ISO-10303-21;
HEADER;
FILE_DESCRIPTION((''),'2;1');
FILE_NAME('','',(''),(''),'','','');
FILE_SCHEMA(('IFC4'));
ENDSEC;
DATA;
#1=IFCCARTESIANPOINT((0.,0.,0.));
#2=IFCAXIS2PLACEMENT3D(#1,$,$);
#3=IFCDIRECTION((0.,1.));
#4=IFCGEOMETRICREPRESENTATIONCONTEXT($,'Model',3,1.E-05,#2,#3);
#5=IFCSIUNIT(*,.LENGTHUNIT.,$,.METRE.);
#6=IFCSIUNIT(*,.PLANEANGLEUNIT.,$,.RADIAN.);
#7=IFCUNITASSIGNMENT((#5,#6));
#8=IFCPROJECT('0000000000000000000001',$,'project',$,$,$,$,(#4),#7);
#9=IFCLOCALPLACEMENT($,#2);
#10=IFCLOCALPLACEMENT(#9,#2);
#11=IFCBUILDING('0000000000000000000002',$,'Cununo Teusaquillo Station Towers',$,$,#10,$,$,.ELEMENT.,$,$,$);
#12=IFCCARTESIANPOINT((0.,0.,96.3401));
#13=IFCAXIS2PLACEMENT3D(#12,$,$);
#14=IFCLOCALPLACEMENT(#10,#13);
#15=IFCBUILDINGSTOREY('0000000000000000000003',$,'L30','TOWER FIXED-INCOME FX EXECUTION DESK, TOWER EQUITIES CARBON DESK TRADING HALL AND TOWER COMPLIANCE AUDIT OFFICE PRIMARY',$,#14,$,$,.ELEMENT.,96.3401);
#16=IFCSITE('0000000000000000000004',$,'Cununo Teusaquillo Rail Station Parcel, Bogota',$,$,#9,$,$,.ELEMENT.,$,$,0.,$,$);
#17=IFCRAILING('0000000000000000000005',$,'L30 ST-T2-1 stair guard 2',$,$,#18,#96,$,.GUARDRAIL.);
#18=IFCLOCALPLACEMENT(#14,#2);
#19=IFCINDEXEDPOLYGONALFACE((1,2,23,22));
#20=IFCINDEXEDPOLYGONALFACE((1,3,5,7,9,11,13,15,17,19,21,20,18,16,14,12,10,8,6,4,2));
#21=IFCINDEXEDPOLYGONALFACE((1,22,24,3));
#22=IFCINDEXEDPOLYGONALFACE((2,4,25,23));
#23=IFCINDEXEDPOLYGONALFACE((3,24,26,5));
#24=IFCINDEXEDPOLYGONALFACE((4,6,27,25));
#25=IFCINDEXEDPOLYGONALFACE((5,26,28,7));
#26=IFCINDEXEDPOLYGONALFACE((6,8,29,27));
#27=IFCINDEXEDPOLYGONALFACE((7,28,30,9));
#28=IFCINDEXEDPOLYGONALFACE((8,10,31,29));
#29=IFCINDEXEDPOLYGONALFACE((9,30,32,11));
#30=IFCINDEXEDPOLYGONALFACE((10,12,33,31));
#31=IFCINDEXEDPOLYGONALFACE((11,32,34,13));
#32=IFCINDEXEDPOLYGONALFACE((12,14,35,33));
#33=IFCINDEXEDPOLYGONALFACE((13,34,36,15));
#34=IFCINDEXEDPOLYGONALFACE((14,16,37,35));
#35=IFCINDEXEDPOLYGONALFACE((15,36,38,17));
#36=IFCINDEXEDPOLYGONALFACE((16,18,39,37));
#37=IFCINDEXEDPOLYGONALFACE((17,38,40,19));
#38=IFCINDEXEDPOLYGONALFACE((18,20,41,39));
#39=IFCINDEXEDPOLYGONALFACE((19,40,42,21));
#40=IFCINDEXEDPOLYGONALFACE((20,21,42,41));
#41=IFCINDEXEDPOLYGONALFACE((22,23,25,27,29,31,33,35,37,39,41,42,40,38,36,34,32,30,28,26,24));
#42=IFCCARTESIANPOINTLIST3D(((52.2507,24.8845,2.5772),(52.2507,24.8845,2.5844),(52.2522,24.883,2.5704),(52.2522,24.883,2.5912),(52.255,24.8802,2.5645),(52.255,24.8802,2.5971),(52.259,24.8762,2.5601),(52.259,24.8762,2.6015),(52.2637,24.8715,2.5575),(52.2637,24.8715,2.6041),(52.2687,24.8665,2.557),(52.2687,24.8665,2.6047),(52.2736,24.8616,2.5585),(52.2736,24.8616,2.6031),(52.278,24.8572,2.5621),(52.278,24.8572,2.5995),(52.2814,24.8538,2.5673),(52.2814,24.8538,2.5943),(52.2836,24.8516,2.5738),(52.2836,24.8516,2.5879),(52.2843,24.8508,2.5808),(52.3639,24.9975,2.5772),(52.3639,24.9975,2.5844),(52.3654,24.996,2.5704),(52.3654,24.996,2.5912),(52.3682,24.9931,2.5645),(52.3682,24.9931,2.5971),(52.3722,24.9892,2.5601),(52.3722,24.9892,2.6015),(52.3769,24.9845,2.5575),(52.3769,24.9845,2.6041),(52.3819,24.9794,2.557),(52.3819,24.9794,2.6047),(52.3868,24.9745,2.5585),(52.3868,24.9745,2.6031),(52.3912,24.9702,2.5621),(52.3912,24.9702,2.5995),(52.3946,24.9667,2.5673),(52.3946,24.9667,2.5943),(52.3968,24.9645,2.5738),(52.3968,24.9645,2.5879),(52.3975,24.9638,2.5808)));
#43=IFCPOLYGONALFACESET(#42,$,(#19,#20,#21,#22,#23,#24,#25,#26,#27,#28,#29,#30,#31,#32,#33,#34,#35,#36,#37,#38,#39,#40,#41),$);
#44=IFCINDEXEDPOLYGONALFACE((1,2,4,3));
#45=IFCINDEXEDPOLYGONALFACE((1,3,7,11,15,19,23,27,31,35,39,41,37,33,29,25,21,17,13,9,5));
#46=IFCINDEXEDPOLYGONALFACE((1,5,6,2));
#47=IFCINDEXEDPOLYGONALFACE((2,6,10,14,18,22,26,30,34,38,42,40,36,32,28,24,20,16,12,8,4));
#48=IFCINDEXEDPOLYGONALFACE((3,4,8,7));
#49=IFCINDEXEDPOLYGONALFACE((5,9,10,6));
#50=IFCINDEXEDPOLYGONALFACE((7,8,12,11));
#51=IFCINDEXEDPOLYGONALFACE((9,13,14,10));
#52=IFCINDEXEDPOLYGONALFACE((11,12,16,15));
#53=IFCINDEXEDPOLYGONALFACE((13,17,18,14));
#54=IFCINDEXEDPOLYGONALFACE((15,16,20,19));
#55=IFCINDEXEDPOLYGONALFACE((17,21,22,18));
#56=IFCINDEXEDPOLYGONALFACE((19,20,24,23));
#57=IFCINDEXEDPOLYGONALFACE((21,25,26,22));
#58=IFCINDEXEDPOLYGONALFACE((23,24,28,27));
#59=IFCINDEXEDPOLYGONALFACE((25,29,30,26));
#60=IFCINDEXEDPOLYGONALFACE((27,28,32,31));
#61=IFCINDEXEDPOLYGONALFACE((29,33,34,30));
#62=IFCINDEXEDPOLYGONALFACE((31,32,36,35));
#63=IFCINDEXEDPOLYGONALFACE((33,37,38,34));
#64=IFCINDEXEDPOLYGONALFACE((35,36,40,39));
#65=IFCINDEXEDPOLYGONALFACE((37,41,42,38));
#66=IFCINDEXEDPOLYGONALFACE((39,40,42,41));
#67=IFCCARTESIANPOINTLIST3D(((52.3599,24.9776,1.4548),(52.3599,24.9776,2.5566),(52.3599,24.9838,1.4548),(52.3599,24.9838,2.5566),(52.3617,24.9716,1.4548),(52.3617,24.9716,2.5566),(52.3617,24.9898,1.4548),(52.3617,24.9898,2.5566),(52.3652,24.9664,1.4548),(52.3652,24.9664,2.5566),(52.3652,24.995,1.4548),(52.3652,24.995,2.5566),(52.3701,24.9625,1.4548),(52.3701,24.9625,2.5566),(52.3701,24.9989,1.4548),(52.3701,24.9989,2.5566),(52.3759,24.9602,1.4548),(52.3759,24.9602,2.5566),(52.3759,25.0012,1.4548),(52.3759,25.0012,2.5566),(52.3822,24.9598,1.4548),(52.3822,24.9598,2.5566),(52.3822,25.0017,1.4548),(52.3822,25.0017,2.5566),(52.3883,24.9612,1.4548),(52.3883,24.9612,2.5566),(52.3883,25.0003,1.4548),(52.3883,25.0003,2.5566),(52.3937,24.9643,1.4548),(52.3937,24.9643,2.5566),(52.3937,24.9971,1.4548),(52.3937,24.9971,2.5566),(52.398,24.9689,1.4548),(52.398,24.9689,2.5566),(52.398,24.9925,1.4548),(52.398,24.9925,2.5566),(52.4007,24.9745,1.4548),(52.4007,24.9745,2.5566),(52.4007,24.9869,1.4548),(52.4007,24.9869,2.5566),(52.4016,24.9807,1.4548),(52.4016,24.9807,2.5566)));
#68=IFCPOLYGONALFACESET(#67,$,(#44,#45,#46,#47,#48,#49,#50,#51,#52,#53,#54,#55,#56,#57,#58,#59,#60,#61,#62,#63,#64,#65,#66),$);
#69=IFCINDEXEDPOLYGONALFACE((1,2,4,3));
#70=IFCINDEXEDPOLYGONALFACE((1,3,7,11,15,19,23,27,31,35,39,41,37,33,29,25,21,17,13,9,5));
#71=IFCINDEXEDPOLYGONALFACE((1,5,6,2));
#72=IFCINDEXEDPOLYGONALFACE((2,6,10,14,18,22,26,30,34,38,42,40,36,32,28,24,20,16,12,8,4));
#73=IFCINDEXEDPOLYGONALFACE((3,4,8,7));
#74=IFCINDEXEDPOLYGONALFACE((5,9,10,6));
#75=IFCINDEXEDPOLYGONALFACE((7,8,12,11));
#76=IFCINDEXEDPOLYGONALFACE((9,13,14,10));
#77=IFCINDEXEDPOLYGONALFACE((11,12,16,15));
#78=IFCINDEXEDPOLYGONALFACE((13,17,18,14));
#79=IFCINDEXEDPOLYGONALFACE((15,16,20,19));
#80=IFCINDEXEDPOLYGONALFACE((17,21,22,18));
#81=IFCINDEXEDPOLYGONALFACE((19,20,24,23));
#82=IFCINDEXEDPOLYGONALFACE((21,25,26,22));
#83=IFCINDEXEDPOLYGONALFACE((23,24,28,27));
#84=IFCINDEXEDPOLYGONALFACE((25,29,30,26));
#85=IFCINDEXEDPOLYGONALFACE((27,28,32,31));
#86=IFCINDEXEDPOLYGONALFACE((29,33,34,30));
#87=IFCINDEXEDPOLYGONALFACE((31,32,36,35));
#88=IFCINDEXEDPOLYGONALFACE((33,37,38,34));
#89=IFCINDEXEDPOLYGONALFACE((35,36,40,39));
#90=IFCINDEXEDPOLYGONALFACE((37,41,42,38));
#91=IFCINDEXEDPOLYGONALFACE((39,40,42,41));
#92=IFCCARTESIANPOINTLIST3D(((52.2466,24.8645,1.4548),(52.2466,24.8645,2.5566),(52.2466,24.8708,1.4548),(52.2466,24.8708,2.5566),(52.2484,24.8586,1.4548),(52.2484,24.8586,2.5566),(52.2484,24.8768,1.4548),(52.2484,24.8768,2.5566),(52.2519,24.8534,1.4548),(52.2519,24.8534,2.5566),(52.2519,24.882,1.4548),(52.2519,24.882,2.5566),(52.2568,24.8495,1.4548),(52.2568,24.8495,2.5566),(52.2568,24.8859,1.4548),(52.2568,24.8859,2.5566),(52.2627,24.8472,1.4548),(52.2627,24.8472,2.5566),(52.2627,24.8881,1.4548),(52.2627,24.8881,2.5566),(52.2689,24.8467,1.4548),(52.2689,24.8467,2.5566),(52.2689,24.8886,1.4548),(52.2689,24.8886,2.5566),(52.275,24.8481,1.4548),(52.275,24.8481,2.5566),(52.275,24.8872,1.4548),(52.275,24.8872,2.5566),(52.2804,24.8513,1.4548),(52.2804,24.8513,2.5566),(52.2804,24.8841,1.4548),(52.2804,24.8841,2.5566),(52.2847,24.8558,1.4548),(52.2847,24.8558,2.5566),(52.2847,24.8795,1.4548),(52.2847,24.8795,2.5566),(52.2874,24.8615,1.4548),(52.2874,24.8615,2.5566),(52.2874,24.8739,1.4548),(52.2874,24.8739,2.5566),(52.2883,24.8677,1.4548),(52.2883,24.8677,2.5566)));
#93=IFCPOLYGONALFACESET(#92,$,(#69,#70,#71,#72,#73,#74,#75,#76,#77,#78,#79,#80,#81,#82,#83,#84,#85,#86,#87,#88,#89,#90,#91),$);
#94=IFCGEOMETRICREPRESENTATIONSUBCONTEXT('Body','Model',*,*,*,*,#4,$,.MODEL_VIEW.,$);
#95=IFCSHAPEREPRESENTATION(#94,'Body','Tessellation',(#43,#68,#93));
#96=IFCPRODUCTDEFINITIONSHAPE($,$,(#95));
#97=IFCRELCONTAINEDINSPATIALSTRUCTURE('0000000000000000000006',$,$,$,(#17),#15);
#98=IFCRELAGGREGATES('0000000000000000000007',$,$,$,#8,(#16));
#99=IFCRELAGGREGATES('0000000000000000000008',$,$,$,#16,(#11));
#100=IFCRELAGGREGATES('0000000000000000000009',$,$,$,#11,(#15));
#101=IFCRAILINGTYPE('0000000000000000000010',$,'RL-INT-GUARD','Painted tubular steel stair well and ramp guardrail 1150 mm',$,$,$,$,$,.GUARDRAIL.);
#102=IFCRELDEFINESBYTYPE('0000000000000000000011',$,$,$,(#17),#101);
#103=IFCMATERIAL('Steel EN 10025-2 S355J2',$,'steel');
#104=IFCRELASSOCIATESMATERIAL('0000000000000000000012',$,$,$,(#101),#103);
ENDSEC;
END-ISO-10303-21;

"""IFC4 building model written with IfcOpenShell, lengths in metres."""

from ifc_helpers import new_model, si_unit, direction, frame, origin, origin_2d, place, context, subcontext, project, spatial, circle, extrude, material, type_object, element, save


model = new_model("IFC4")

# Units and contexts
model_context = context("Model", 3, precision=1e-05, world=origin(), true_north=direction((0.0, 1.0)))
body_context = subcontext(model_context, "Body", "Model", "MODEL_VIEW")
ifc_project = project(units=[si_unit("LENGTHUNIT", "METRE"), si_unit("PLANEANGLEUNIT", "RADIAN")], contexts=[model_context])

# Site, building, storey
site_placement = place(None, origin())
site = spatial("IfcSite", under=ifc_project, at=site_placement, Name="Cununo Teusaquillo Rail Station Parcel, Bogota", CompositionType="ELEMENT", RefElevation=0.0)
building_placement = place(site_placement, origin())
building = spatial("IfcBuilding", under=site, at=building_placement, Name="Cununo Teusaquillo Station Towers", CompositionType="ELEMENT")
storey_placement = place(building_placement, frame((0.0, 0.0, 96.3401)))
storey = spatial("IfcBuildingStorey", under=building, at=storey_placement, Name="L30", Description="TOWER FIXED-INCOME FX EXECUTION DESK, TOWER EQUITIES CARBON DESK TRADING HALL AND TOWER COMPLIANCE AUDIT OFFICE PRIMARY", CompositionType="ELEMENT", Elevation=96.3401)

# Railing
ifc_material_1 = material(Name="Steel EN 10025-2 S355J2", Category="steel")
railing_type_1 = type_object("IfcRailingType", Name="RL-INT-GUARD", Description="Painted tubular steel stair well and ramp guardrail 1150 mm", PredefinedType="GUARDRAIL", material=ifc_material_1)
railing_1_placement = place(storey_placement, frame((52.3806, 24.9807, 1.4548)))
element("IfcRailing", 1, at=railing_1_placement, inside=storey, type_object=railing_type_1, Name="L30 ST-T2-1 stair guard 2", PredefinedType="GUARDRAIL", context=body_context, shape_type="SweptSolid", body=[
    extrude(circle(Radius=0.0239, at=origin_2d()), frame((0.0, 0.0, 1.126), z_axis=(-0.707869, -0.706344, 0.0), x_axis=(0.706344, -0.707869, 0.0)), (0.0, 0.0, 1.0), 0.1599),
    extrude(circle(Radius=0.021, at=origin_2d()), origin(), (0.0, 0.0, 1.0), 1.1018),
    extrude(circle(Radius=0.021, at=origin_2d()), frame((-0.1133, -0.113, 0.0)), (0.0, 0.0, 1.0), 1.1018),
])

save(model, "model.ifc")
